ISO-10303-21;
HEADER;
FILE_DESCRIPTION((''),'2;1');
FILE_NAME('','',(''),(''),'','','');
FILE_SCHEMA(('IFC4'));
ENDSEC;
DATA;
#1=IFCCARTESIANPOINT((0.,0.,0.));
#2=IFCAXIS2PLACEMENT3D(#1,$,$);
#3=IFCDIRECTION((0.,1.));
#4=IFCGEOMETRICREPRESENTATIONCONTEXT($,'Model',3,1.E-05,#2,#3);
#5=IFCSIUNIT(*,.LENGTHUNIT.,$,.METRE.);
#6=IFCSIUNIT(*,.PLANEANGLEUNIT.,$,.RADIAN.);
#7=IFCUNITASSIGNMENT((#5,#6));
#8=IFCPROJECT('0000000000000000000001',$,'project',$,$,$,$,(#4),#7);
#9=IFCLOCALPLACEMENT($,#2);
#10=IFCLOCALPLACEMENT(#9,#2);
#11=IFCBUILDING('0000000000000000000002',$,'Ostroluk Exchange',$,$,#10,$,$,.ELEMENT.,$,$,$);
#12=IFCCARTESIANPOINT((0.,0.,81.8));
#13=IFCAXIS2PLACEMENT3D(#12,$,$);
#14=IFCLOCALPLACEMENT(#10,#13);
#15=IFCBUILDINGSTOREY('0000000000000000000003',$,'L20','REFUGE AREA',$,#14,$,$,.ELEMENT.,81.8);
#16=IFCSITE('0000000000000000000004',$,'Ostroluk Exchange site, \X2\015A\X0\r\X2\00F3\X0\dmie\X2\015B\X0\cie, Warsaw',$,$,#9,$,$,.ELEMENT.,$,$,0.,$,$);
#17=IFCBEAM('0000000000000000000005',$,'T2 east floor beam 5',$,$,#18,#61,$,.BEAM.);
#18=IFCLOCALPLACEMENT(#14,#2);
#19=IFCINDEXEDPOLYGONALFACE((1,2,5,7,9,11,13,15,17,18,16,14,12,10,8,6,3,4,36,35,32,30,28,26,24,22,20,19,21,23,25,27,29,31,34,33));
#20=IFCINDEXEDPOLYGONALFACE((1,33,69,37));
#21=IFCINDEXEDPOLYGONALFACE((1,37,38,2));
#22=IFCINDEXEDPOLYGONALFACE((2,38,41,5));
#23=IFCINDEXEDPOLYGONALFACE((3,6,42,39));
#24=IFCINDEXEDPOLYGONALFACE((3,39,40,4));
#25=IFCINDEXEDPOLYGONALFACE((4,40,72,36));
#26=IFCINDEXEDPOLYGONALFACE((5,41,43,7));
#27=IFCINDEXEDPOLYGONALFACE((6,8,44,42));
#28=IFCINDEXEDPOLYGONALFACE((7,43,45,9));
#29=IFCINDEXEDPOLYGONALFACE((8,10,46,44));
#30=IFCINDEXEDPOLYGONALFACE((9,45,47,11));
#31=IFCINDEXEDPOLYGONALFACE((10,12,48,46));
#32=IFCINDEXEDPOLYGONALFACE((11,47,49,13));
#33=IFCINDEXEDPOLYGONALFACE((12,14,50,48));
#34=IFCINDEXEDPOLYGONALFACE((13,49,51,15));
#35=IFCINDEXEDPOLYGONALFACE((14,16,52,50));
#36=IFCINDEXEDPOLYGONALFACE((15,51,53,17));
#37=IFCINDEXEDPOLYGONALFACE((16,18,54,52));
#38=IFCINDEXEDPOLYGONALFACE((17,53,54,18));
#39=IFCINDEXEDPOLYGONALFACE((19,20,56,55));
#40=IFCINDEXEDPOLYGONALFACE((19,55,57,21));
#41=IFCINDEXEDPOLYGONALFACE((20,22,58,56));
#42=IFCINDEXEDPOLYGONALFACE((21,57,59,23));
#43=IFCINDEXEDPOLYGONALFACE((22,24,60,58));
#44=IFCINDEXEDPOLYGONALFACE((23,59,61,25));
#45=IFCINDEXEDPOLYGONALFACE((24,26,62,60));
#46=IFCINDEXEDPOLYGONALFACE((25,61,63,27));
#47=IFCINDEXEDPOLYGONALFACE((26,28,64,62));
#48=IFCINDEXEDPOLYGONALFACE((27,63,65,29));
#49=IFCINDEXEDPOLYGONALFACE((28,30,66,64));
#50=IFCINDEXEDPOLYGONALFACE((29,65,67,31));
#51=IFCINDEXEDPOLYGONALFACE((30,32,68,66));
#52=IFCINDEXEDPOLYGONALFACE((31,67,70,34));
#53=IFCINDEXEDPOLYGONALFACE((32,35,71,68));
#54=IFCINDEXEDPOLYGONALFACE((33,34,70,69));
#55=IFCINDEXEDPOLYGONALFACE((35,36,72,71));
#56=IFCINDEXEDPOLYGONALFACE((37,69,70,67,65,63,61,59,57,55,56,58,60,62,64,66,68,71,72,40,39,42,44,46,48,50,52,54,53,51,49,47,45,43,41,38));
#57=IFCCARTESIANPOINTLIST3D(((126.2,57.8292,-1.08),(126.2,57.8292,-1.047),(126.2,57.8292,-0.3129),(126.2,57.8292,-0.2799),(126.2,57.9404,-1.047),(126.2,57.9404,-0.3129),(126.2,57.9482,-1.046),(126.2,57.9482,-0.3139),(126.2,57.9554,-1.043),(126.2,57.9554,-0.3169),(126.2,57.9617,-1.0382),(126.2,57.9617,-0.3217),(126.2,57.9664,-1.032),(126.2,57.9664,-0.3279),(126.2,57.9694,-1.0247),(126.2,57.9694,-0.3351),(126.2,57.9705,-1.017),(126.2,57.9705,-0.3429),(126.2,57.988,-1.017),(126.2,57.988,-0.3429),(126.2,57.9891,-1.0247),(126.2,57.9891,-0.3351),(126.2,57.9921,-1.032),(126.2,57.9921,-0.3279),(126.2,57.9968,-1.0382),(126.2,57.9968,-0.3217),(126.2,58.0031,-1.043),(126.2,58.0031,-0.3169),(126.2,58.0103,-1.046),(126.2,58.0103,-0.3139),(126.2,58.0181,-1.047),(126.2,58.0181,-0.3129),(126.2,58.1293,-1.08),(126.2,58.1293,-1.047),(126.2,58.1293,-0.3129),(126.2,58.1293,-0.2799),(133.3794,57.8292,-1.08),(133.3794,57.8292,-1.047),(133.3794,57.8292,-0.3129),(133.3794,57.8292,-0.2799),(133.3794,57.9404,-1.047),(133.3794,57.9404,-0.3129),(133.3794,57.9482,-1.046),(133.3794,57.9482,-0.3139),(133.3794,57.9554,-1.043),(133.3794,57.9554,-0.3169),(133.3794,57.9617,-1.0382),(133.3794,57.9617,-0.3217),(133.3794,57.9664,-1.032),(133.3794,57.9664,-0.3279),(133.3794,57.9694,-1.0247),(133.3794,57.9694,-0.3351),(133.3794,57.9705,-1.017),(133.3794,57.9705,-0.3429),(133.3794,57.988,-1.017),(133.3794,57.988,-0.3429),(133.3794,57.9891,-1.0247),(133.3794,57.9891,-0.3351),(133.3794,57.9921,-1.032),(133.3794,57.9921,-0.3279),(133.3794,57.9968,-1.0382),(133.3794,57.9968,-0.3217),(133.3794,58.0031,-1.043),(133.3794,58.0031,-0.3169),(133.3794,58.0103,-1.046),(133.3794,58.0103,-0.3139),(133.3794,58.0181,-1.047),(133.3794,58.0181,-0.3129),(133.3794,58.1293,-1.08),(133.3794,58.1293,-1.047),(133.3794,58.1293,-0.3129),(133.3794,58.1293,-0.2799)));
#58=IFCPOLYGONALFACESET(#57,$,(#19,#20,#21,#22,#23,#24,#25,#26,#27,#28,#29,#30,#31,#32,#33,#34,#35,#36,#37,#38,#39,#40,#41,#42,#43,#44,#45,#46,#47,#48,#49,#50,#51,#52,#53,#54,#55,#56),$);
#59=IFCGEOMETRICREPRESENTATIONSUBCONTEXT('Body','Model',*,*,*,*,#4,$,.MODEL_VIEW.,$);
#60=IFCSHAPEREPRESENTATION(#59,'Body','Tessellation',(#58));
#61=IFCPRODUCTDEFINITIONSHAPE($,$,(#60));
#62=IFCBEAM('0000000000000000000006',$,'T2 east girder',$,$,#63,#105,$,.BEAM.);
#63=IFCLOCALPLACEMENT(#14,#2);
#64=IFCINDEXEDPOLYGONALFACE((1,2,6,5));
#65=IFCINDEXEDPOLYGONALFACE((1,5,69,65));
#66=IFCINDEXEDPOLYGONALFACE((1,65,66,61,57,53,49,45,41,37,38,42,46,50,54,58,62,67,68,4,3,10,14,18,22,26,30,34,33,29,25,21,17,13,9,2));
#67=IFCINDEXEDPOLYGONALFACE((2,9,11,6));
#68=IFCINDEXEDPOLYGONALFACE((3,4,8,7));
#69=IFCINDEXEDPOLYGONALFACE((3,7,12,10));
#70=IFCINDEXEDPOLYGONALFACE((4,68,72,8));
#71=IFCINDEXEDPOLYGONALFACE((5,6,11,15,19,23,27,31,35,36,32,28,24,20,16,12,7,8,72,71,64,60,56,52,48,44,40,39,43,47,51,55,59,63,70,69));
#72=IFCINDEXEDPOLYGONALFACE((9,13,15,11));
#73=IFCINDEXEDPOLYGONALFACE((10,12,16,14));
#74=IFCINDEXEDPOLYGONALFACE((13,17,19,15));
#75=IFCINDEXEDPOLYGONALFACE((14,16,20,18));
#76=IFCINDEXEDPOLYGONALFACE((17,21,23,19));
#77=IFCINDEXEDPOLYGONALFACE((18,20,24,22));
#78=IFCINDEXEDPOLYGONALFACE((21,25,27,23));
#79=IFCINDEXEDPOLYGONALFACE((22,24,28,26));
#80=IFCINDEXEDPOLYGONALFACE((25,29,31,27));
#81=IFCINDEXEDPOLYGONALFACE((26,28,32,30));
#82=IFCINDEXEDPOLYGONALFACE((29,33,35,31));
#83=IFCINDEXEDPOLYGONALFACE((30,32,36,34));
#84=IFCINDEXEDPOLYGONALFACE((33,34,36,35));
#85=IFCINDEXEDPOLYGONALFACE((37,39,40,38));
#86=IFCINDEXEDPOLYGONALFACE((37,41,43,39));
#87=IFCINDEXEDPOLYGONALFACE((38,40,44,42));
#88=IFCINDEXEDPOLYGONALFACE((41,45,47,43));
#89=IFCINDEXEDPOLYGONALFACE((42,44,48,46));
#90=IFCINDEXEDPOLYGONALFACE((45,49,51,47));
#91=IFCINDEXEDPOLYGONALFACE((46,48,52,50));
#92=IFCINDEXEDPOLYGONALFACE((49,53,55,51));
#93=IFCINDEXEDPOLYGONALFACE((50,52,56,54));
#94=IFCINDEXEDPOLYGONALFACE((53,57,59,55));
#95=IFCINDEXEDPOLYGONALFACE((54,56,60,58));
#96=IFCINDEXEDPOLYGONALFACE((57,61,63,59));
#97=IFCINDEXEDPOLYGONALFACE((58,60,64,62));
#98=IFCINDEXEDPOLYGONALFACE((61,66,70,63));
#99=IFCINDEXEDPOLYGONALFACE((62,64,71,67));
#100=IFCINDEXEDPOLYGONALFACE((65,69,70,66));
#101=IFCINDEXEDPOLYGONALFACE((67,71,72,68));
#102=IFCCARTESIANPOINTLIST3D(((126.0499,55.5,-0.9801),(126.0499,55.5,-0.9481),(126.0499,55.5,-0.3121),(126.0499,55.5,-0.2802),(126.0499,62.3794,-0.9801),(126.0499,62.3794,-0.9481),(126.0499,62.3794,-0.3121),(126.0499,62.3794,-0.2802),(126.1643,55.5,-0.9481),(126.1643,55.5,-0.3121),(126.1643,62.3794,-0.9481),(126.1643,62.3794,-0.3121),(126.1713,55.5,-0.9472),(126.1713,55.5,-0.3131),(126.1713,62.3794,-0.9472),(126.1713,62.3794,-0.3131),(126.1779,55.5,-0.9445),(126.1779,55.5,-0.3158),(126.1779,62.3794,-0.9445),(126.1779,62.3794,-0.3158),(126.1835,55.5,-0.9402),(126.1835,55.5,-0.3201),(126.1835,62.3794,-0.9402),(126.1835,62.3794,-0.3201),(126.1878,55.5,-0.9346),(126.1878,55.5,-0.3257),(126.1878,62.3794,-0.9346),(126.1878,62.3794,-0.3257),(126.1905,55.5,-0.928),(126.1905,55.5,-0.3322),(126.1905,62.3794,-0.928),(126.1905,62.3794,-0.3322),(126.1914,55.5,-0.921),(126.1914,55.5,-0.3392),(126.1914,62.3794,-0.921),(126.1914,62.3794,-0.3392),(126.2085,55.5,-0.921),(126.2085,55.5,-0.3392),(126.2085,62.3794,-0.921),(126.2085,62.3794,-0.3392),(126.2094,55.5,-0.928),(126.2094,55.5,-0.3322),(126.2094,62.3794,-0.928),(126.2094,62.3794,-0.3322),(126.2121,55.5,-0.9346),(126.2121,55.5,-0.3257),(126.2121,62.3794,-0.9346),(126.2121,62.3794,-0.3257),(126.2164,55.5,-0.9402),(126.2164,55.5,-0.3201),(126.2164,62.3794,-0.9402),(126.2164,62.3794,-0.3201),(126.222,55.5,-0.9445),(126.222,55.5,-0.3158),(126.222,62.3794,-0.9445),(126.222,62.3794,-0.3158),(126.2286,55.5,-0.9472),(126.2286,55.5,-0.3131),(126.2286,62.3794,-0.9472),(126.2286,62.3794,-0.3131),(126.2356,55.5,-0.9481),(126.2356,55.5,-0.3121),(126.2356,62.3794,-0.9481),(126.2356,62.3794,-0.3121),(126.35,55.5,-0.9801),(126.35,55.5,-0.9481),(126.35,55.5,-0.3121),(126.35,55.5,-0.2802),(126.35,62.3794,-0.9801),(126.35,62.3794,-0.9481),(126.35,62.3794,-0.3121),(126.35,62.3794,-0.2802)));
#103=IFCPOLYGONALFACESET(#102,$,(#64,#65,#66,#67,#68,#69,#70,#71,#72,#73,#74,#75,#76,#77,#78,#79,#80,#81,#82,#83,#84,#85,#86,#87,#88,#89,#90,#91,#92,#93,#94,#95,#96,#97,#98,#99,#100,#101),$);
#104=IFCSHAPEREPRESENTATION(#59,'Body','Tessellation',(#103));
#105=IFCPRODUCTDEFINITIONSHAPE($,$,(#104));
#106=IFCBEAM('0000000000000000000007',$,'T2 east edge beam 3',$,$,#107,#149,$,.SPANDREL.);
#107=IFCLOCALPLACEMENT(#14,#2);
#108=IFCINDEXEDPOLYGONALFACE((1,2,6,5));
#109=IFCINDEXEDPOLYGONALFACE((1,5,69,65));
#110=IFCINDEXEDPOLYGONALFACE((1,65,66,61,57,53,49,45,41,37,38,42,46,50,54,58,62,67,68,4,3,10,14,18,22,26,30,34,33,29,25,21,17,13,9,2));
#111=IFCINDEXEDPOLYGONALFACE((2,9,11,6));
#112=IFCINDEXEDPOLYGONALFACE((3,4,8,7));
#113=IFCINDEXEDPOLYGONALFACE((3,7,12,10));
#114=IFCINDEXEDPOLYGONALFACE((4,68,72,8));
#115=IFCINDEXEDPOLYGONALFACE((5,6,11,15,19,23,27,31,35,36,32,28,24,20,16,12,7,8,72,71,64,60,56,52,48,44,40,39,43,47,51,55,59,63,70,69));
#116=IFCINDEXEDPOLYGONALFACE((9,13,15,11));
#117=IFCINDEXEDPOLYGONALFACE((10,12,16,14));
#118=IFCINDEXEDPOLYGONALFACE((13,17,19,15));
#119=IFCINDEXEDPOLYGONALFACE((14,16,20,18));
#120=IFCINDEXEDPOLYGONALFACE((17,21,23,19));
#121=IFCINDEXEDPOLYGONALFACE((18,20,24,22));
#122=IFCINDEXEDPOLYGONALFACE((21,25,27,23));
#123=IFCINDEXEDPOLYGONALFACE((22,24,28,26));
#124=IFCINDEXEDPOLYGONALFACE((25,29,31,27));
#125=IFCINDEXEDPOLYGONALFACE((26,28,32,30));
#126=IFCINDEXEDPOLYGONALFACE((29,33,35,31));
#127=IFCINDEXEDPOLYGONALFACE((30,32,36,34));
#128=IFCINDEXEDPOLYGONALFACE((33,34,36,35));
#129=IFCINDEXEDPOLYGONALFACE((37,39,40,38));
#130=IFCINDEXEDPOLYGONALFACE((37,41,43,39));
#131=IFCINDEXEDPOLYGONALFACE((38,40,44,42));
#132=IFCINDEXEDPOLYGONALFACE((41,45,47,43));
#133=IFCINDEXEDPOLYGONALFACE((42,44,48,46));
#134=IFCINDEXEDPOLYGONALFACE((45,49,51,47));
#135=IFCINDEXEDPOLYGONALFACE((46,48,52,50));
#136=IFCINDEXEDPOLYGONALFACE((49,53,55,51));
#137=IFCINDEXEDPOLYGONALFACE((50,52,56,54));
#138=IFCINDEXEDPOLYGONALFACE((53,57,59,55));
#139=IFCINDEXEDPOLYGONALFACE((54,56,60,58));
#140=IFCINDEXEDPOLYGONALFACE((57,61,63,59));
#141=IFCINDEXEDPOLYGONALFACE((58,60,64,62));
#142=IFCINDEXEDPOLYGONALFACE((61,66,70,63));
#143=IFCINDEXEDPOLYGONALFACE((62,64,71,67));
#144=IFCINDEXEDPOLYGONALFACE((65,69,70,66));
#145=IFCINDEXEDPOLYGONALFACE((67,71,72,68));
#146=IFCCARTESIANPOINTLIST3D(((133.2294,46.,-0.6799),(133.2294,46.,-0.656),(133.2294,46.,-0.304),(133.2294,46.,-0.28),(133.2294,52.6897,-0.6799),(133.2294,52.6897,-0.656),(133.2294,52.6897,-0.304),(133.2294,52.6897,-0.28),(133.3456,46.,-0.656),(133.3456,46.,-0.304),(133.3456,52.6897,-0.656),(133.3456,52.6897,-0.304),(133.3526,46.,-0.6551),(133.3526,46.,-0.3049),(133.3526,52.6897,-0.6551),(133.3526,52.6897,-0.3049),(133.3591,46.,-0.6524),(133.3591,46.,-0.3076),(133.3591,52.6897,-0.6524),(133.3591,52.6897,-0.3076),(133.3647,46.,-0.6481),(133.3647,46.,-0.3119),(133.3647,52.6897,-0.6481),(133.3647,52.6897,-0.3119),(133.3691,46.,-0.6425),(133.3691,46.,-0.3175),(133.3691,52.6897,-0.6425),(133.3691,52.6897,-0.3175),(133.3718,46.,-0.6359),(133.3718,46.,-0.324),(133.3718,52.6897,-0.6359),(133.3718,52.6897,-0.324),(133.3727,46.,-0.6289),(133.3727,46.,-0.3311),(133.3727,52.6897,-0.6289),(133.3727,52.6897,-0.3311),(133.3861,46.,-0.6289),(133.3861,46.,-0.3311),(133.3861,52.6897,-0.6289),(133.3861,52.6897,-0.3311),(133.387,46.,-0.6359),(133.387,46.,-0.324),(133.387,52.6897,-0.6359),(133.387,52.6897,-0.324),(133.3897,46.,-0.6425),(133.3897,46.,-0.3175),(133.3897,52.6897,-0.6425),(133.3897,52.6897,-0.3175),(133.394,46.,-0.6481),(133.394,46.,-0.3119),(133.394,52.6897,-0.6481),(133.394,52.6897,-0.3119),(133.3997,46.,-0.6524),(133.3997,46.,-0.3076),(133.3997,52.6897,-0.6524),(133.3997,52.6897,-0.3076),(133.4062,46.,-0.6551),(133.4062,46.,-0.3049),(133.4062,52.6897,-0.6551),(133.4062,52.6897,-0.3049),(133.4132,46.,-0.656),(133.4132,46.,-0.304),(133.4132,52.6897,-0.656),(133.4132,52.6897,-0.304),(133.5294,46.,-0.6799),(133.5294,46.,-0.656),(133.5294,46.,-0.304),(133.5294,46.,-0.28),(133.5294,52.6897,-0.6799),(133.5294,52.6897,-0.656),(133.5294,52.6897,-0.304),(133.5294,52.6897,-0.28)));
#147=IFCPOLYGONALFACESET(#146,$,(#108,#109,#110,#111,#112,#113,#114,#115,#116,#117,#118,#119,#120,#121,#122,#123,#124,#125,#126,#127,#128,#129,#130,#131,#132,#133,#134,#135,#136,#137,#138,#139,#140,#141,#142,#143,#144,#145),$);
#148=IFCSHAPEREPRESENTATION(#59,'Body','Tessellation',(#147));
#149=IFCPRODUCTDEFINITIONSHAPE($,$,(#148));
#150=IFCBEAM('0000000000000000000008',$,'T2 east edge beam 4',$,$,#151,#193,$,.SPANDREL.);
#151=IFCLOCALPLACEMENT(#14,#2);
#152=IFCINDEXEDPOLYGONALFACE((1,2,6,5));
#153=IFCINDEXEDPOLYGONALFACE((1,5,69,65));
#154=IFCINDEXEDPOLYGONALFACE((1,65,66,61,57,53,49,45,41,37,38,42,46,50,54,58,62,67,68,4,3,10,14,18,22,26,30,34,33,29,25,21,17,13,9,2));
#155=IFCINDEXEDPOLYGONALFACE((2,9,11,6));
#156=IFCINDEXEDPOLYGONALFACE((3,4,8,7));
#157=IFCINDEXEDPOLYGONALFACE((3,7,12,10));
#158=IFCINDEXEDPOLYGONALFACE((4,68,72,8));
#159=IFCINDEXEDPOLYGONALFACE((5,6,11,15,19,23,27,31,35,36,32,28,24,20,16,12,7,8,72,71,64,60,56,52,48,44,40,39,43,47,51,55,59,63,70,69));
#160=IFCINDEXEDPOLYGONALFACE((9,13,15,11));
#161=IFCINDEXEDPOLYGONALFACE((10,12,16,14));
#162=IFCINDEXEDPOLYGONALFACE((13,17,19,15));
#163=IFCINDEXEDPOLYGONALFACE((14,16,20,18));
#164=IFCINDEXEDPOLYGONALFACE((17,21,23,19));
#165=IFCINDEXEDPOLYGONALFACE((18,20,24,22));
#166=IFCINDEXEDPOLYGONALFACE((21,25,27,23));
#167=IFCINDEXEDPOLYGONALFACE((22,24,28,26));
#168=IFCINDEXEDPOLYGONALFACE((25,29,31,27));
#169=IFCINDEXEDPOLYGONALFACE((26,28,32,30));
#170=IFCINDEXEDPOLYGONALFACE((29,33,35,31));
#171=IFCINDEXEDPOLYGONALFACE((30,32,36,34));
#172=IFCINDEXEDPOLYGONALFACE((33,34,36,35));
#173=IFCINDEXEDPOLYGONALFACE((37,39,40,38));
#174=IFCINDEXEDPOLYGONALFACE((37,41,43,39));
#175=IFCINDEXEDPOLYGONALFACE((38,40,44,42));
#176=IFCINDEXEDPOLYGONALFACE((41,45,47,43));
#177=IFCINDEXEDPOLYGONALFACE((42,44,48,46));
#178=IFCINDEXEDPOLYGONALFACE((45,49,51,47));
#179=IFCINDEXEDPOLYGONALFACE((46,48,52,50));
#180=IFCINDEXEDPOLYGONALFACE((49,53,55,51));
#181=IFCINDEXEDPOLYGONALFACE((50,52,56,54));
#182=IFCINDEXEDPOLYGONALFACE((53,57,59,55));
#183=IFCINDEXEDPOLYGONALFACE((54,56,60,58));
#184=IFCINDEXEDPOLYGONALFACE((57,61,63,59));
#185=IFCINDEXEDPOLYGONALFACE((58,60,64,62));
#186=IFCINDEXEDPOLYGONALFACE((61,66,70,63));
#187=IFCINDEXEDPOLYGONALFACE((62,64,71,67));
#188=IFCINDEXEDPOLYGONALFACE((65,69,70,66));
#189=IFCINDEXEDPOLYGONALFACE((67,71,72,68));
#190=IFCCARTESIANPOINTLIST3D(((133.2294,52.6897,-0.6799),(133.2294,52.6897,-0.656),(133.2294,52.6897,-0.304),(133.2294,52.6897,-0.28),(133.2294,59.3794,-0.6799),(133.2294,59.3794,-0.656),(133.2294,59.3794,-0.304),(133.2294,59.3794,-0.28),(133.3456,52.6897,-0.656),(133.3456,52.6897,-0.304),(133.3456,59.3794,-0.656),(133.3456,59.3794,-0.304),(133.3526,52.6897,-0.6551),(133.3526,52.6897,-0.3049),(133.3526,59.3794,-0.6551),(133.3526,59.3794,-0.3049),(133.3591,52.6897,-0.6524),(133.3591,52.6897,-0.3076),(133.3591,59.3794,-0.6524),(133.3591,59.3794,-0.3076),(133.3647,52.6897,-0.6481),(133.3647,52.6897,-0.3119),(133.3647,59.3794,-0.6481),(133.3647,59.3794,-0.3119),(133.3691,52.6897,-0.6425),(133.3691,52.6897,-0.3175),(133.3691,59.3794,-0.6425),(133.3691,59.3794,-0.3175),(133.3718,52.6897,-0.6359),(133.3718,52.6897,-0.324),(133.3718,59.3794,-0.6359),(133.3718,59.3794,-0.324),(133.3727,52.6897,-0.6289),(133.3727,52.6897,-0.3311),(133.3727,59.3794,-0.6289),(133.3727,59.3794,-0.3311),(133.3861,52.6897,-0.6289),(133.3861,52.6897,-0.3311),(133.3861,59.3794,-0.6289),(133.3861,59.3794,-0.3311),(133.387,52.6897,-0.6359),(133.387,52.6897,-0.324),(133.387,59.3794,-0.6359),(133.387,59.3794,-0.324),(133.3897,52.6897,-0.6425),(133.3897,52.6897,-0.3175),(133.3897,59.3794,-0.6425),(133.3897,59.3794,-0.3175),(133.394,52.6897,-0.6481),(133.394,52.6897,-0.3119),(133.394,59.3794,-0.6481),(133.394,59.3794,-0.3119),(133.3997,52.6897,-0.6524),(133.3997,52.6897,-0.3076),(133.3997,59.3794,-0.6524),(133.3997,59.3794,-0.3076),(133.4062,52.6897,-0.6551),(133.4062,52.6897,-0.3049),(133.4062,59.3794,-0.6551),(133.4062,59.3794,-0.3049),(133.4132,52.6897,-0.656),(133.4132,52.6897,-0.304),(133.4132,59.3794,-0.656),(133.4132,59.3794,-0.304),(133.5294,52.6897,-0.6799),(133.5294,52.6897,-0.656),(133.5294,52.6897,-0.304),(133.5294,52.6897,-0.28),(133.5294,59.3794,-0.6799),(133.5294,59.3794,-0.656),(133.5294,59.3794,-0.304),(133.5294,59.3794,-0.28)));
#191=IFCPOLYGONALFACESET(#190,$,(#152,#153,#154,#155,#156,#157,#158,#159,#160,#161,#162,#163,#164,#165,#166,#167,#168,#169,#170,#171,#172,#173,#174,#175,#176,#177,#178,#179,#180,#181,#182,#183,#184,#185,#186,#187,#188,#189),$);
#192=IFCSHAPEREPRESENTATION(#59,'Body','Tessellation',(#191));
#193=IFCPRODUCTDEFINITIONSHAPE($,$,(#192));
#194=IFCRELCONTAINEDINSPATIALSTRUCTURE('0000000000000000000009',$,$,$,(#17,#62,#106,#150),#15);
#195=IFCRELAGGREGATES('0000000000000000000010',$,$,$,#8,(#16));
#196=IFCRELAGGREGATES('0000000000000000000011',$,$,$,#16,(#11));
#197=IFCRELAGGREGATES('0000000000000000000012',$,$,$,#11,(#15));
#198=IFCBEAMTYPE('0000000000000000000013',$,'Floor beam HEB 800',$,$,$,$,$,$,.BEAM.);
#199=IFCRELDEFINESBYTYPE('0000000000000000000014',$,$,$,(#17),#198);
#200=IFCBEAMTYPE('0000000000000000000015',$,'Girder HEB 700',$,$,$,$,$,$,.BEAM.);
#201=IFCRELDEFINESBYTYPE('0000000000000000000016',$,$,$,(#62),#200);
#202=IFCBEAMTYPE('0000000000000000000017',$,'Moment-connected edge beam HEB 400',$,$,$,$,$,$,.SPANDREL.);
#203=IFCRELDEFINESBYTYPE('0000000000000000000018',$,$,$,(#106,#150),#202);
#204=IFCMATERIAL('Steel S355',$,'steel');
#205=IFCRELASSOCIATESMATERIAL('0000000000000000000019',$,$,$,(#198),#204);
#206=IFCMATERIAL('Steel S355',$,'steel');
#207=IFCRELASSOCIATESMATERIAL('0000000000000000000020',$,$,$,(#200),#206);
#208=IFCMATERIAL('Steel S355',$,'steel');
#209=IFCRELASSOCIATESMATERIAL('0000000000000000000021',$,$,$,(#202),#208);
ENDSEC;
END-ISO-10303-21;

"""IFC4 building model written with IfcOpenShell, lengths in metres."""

from ifc_helpers import new_model, si_unit, direction, frame, origin, origin_2d, place, context, subcontext, project, spatial, i_section, extrude, material, material_profile, profile_set, type_object, element, save


model = new_model("IFC4")

# Units and contexts
model_context = context("Model", 3, precision=1e-05, world=origin(), true_north=direction((0.0, 1.0)))
body_context = subcontext(model_context, "Body", "Model", "MODEL_VIEW")
ifc_project = project(units=[si_unit("LENGTHUNIT", "METRE"), si_unit("PLANEANGLEUNIT", "RADIAN")], contexts=[model_context])

# Site, building, storey
site_placement = place(None, origin())
site = spatial("IfcSite", under=ifc_project, at=site_placement, Name="Ostroluk Exchange site, Śródmieście, Warsaw", CompositionType="ELEMENT", RefElevation=0.0)
building_placement = place(site_placement, origin())
building = spatial("IfcBuilding", under=site, at=building_placement, Name="Ostroluk Exchange", CompositionType="ELEMENT")
storey_placement = place(building_placement, frame((0.0, 0.0, 81.8)))
storey = spatial("IfcBuildingStorey", under=building, at=storey_placement, Name="L20", Description="REFUGE AREA", CompositionType="ELEMENT", Elevation=81.8)

# Beams
ifc_material_1 = material(Name="Steel S355", Category="steel")
ifc_material_profile_1 = material_profile(ifc_material_1, i_section(OverallWidth=0.3, OverallDepth=0.8, WebThickness=0.0176, FlangeThickness=0.033, FilletRadius=0.03, at=origin_2d()), Name="HEB 800")
ifc_profile_set_1 = profile_set([ifc_material_profile_1], Name="Steel S355")
beam_type_1 = type_object("IfcBeamType", Name="Floor beam HEB 800", PredefinedType="BEAM", material=ifc_profile_set_1)
beam_1_placement = place(storey_placement, frame((126.2, 57.9792, -0.6799), z_axis=(1.0, 0.0, 0.0), x_axis=(0.0, 1.0, 0.0)))
element("IfcBeam", 1, at=beam_1_placement, inside=storey, type_object=beam_type_1, Name="T2 east floor beam 5", PredefinedType="BEAM", context=body_context, shape_type="SweptSolid", body=[
    extrude(i_section(OverallWidth=0.3, OverallDepth=0.8, WebThickness=0.0176, FlangeThickness=0.033, FilletRadius=0.03, at=origin_2d()), origin(), (0.0, 0.0, 1.0), 7.1794),
])
ifc_material_2 = material(Name="Steel S355", Category="steel")
ifc_material_profile_2 = material_profile(ifc_material_2, i_section(OverallWidth=0.3, OverallDepth=0.7, WebThickness=0.0171, FlangeThickness=0.032, FilletRadius=0.0271, at=origin_2d()), Name="HEB 700")
ifc_profile_set_2 = profile_set([ifc_material_profile_2], Name="Steel S355")
beam_type_2 = type_object("IfcBeamType", Name="Girder HEB 700", PredefinedType="BEAM", material=ifc_profile_set_2)
beam_2_placement = place(storey_placement, frame((126.2, 55.5, -0.6301), z_axis=(0.0, 1.0, 0.0), x_axis=(-1.0, 0.0, 0.0)))
element("IfcBeam", 2, at=beam_2_placement, inside=storey, type_object=beam_type_2, Name="T2 east girder", PredefinedType="BEAM", context=body_context, shape_type="SweptSolid", body=[
    extrude(i_section(OverallWidth=0.3, OverallDepth=0.7, WebThickness=0.0171, FlangeThickness=0.032, FilletRadius=0.0271, at=origin_2d()), origin(), (0.0, 0.0, 1.0), 6.8794),
])
ifc_material_3 = material(Name="Steel S355", Category="steel")
ifc_material_profile_3 = material_profile(ifc_material_3, i_section(OverallWidth=0.3, OverallDepth=0.3999, WebThickness=0.0134, FlangeThickness=0.0239, FilletRadius=0.0271, at=origin_2d()), Name="HEB 400")
ifc_profile_set_3 = profile_set([ifc_material_profile_3], Name="Steel S355")
beam_type_3 = type_object("IfcBeamType", Name="Moment-connected edge beam HEB 400", PredefinedType="SPANDREL", material=ifc_profile_set_3)
for number, where, z_axis, x_axis, name in (
    (3, (133.3794, 46.0, -0.48), (0.0, 1.0, 0.0), (-1.0, 0.0, 0.0), "T2 east edge beam 3"),
    (4, (133.3794, 52.6897, -0.48), (0.0, 1.0, 0.0), (-1.0, 0.0, 0.0), "T2 east edge beam 4"),
):
    element("IfcBeam", number, at=place(storey_placement, frame(where, z_axis=z_axis, x_axis=x_axis)), inside=storey, type_object=beam_type_3, Name=name, PredefinedType="SPANDREL", context=body_context, shape_type="SweptSolid", body=[
        extrude(i_section(OverallWidth=0.3, OverallDepth=0.3999, WebThickness=0.0134, FlangeThickness=0.0239, FilletRadius=0.0271, at=origin_2d()), origin(), (0.0, 0.0, 1.0), 6.6897),
    ])

save(model, "model.ifc")
